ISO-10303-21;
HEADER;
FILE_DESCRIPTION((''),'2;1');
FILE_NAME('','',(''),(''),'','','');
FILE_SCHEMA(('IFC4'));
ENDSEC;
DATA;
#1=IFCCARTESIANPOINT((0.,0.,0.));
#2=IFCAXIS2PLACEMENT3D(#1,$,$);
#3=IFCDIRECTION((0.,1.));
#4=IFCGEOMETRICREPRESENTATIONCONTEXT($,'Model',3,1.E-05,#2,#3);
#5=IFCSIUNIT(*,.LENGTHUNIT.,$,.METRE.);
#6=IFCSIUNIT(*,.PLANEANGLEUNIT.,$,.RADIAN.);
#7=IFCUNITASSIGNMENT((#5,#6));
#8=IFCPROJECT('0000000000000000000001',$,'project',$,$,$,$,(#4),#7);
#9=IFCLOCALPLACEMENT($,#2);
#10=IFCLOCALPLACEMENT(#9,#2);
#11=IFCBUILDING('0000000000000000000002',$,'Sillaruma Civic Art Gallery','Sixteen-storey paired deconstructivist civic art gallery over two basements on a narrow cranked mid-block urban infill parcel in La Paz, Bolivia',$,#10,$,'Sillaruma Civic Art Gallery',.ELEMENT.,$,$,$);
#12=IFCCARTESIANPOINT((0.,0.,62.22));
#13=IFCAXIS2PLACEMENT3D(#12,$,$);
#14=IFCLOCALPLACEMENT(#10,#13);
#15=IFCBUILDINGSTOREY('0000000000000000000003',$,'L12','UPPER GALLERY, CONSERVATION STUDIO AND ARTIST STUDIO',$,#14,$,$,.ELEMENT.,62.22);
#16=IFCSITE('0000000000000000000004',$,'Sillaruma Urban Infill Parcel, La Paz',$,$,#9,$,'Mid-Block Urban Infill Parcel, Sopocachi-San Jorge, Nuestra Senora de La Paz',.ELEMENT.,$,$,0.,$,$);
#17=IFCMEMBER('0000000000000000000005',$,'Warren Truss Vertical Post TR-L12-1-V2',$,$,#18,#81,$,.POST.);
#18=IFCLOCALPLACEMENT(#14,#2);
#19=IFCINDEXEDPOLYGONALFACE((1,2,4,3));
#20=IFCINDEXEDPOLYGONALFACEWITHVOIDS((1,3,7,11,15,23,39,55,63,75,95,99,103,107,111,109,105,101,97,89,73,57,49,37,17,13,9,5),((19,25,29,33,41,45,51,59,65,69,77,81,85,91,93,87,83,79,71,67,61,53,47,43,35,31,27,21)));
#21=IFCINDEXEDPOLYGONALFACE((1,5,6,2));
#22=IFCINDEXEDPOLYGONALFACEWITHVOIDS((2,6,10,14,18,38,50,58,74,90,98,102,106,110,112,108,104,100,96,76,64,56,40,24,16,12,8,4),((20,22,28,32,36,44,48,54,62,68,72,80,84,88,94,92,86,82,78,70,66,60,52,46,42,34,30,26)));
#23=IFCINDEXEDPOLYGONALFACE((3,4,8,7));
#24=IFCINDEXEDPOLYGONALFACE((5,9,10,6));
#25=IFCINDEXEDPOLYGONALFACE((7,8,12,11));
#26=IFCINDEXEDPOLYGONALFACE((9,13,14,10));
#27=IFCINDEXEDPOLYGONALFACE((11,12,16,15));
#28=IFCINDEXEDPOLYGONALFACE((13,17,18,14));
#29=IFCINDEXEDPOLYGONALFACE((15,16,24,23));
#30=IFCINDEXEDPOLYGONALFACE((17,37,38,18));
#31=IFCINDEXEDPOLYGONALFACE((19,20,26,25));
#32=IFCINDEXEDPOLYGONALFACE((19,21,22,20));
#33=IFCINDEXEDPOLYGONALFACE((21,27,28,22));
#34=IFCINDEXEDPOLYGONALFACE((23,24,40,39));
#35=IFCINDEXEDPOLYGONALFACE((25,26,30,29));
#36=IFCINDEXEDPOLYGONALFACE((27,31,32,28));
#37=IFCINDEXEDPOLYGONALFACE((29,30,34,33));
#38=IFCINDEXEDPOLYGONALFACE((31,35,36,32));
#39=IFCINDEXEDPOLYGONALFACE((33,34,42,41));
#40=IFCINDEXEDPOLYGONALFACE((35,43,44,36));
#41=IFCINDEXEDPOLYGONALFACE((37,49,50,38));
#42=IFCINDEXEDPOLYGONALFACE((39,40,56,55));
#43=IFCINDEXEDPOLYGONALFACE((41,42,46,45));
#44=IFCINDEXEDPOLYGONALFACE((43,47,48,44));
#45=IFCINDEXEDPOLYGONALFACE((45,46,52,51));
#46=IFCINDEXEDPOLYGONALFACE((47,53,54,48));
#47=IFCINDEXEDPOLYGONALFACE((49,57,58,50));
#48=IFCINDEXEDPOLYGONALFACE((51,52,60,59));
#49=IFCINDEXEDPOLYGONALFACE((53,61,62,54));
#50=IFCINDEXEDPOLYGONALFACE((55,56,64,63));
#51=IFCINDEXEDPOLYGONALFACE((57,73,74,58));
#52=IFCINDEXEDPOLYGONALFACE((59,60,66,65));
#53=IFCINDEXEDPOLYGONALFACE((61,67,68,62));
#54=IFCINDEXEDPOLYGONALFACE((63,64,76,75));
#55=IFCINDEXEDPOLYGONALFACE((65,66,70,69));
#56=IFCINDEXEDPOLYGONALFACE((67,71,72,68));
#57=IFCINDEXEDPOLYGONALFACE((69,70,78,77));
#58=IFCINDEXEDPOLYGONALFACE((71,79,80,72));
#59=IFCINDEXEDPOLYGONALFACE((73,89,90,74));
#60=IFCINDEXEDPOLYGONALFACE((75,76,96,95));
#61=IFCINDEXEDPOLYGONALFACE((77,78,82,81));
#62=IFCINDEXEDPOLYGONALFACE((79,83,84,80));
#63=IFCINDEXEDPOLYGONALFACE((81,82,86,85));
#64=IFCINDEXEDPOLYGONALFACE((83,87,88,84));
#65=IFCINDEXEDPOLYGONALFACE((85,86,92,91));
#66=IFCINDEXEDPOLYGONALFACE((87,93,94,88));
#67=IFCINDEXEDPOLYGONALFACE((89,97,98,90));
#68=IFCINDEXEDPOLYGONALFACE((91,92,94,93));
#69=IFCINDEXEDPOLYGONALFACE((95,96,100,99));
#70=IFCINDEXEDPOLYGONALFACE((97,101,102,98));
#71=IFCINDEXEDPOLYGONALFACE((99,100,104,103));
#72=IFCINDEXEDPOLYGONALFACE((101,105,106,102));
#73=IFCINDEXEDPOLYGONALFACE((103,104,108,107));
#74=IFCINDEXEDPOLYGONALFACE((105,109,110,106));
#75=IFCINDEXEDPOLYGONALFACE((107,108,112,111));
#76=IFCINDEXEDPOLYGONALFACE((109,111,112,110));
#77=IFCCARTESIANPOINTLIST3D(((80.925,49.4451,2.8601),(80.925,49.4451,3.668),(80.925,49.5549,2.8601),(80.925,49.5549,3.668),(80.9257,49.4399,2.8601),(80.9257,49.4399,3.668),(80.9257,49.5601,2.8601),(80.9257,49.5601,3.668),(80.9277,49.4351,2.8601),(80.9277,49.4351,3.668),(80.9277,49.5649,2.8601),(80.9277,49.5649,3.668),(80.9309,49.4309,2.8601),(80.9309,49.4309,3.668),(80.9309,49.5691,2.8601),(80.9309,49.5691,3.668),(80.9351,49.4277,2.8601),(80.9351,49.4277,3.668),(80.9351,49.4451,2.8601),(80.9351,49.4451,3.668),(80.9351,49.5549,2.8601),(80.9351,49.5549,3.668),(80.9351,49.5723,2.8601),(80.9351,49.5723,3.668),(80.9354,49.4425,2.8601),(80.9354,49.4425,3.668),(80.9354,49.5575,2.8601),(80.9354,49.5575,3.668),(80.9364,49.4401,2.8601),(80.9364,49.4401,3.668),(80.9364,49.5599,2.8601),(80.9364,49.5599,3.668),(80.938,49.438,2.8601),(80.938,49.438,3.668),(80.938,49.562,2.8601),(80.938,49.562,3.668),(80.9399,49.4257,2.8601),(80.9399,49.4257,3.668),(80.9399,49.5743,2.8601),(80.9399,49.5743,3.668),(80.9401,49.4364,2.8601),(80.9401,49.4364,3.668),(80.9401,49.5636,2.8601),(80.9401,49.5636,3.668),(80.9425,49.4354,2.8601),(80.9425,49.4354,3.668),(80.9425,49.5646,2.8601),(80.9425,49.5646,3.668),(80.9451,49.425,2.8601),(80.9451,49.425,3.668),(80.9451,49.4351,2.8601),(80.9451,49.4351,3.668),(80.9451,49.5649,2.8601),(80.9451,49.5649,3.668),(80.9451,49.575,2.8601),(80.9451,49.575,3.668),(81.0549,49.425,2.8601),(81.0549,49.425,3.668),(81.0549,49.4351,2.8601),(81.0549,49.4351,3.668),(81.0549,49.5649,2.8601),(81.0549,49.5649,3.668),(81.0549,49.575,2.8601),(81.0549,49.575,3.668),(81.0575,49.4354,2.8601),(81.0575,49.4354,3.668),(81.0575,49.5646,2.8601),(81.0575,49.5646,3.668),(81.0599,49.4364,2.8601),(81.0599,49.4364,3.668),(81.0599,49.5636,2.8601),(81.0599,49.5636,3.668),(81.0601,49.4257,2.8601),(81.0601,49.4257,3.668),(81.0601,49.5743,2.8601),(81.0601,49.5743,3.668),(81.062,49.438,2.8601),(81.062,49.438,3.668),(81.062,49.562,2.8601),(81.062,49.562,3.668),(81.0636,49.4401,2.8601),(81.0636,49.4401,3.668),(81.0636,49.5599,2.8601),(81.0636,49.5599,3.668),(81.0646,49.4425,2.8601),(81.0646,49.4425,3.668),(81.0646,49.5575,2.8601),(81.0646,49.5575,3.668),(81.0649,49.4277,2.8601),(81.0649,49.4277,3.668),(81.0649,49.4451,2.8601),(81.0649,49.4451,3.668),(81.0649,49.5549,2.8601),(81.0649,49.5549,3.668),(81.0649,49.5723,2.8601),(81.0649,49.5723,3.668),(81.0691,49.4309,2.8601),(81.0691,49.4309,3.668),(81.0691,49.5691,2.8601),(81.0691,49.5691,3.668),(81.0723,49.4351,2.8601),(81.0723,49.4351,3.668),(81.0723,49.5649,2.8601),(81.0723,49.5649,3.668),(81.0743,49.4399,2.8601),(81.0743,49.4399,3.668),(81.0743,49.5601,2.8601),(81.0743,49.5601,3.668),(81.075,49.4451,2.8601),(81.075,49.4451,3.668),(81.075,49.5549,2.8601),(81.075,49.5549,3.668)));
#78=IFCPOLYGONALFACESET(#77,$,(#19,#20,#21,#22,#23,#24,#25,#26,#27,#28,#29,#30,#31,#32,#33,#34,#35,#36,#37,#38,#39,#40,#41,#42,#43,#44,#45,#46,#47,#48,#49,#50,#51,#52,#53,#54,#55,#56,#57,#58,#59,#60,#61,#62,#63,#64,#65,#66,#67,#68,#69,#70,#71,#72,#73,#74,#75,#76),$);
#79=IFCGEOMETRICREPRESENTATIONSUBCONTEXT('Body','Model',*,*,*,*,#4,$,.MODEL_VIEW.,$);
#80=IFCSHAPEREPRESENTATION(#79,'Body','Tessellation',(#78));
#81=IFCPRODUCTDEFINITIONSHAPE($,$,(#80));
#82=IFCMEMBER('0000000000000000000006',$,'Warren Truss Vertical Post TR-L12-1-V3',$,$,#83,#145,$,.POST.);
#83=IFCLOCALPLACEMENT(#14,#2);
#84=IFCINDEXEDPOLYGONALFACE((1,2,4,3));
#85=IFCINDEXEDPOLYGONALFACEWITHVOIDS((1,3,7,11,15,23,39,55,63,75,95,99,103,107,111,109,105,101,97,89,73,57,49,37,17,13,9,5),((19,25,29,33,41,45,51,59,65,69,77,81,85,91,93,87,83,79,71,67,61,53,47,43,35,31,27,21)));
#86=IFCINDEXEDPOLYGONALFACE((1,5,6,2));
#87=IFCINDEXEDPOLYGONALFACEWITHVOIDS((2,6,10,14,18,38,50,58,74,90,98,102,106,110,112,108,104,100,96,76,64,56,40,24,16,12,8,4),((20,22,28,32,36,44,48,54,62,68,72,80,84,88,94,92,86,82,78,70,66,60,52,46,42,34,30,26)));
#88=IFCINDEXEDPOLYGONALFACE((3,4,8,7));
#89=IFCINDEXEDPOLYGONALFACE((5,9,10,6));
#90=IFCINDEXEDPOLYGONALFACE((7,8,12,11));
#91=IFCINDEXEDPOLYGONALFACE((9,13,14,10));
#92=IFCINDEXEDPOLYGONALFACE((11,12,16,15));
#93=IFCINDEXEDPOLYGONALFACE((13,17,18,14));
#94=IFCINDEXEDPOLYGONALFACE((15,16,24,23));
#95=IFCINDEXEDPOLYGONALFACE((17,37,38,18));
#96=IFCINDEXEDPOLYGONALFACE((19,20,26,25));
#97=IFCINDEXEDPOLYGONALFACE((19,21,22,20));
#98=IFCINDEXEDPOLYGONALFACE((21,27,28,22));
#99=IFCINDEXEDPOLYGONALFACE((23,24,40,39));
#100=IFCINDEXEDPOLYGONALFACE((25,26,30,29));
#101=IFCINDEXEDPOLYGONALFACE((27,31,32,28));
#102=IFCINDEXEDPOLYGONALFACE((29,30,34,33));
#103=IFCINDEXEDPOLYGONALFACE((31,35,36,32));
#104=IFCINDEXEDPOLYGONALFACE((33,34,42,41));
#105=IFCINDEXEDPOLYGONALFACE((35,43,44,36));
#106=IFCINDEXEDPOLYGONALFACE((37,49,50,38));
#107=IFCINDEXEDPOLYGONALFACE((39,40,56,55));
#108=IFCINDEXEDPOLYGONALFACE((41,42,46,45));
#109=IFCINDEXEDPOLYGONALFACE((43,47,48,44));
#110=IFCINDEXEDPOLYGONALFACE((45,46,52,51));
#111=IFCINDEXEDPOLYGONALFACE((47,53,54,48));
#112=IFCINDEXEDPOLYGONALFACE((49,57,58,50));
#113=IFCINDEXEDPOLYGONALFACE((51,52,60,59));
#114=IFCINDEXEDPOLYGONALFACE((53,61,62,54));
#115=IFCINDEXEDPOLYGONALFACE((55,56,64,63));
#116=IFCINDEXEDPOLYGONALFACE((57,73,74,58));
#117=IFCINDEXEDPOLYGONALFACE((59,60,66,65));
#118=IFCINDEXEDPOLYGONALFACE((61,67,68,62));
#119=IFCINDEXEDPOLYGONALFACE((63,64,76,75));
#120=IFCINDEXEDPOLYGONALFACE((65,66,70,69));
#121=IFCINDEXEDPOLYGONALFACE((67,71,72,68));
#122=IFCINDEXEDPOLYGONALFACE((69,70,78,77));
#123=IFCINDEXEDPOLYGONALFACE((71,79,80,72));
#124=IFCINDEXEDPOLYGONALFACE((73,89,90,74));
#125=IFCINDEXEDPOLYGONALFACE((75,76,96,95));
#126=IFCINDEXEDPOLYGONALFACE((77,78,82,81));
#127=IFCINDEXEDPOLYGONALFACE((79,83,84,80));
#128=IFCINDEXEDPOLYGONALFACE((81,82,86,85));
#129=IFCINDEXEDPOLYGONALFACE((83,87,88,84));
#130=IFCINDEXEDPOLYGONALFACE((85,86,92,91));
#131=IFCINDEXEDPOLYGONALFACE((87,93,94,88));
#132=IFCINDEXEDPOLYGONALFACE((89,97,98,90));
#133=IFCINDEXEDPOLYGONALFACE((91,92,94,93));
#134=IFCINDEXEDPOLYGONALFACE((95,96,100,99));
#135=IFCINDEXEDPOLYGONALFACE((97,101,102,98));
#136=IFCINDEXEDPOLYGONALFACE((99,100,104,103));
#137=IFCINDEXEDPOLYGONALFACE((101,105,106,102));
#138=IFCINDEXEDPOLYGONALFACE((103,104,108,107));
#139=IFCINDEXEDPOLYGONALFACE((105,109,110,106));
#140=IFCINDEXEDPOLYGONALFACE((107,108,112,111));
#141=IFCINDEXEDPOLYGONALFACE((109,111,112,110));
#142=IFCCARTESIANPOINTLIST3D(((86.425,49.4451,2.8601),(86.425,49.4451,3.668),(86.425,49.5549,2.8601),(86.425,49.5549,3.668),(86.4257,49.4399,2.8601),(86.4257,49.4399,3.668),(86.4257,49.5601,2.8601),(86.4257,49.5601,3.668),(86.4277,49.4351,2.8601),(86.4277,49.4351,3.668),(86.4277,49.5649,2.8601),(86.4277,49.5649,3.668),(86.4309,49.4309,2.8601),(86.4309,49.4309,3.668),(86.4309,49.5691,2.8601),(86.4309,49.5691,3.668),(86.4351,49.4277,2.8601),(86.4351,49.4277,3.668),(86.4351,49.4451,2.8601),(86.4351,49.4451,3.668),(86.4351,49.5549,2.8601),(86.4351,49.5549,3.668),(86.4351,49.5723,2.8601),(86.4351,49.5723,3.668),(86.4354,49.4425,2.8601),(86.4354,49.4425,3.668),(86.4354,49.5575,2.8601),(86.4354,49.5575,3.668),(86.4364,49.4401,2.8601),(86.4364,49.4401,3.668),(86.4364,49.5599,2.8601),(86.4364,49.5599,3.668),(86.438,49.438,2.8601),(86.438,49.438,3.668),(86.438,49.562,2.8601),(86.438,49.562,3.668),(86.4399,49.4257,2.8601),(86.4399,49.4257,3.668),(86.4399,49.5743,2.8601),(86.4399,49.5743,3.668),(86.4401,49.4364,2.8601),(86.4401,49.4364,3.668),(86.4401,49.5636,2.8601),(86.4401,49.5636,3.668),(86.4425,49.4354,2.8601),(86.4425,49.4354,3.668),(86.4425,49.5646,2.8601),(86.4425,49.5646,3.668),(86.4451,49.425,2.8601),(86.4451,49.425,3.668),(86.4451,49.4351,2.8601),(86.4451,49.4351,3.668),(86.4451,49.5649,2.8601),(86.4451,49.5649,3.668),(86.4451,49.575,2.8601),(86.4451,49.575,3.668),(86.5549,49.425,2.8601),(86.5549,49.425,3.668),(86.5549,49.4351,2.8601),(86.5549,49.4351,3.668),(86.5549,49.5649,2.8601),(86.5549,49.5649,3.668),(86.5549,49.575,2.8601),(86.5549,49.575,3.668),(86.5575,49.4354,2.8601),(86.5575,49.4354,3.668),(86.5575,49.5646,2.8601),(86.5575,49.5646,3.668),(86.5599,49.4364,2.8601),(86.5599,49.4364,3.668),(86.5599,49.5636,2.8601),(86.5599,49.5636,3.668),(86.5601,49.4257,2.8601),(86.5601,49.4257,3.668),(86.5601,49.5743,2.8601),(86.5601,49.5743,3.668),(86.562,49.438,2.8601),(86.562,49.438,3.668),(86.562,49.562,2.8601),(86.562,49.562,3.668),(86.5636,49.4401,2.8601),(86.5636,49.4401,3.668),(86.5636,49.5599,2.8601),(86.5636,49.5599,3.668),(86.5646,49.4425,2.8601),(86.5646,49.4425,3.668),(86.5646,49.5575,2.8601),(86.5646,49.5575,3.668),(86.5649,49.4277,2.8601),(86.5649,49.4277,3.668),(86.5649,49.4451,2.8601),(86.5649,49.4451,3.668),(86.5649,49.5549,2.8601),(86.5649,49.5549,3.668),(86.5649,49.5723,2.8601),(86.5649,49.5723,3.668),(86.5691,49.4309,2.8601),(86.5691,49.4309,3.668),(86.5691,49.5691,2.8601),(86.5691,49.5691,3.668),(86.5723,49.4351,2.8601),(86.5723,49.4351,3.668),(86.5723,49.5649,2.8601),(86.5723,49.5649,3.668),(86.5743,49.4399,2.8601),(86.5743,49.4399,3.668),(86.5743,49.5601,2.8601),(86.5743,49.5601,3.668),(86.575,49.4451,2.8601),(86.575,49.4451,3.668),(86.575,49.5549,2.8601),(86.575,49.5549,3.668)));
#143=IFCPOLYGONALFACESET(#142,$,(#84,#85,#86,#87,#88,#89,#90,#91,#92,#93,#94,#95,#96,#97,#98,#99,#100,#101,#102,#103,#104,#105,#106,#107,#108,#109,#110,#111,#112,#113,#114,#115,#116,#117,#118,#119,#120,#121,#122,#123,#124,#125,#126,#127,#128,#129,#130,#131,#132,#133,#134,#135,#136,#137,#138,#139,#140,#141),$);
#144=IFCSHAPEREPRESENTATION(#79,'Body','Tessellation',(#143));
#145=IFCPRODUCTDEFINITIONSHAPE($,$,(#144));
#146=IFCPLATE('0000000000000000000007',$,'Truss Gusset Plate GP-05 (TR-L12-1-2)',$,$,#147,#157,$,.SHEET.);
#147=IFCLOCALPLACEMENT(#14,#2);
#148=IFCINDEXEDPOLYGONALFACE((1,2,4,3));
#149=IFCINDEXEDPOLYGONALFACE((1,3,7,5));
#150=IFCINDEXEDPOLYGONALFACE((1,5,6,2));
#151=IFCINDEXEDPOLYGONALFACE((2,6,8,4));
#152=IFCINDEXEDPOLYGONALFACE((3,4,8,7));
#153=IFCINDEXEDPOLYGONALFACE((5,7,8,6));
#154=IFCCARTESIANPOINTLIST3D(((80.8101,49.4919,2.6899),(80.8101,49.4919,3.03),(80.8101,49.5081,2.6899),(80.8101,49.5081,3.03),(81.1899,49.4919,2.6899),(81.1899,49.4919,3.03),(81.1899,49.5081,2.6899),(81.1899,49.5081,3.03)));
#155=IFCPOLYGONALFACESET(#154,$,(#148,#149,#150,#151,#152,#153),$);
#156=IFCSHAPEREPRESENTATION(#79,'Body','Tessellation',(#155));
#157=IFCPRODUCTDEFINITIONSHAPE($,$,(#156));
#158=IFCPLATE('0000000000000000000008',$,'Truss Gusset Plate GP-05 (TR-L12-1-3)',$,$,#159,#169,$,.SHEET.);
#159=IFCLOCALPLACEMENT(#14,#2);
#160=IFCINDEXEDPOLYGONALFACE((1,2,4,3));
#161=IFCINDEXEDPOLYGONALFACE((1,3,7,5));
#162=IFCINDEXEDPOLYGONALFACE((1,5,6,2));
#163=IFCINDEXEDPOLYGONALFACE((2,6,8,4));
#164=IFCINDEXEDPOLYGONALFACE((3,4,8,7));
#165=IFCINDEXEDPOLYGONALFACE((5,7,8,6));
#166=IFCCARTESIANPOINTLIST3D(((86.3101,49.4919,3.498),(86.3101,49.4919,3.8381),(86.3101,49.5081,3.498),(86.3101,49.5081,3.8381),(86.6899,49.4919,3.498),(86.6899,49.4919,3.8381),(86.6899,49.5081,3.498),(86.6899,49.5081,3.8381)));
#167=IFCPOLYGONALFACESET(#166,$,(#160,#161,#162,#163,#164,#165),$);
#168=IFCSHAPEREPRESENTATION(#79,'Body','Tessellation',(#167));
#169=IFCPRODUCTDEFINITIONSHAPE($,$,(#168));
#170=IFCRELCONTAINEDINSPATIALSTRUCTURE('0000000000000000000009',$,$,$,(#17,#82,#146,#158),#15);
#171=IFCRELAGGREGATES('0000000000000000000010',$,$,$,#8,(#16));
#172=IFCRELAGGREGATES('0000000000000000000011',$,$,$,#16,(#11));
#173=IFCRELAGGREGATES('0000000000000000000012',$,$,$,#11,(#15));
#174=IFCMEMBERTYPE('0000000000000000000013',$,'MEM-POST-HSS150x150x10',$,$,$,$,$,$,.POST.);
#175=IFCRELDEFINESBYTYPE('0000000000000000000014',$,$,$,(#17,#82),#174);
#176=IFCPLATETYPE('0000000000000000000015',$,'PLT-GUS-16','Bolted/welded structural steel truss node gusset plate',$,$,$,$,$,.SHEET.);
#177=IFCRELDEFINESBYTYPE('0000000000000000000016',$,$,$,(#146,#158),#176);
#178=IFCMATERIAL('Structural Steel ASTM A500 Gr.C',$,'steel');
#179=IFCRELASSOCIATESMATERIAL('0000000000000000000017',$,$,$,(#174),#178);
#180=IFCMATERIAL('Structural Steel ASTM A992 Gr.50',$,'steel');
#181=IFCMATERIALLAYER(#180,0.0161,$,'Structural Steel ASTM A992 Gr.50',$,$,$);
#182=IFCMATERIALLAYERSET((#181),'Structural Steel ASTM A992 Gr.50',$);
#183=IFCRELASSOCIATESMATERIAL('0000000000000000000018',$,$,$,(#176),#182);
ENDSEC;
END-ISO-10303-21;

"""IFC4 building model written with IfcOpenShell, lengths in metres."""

from ifc_helpers import new_model, si_unit, direction, frame, origin, origin_2d, place, context, subcontext, project, spatial, rectangle, hollow_rectangle, extrude, material, layer, layer_set, material_profile, profile_set, type_object, element, save


model = new_model("IFC4")

# Units and contexts
model_context = context("Model", 3, precision=1e-05, world=origin(), true_north=direction((0.0, 1.0)))
body_context = subcontext(model_context, "Body", "Model", "MODEL_VIEW")
ifc_project = project(units=[si_unit("LENGTHUNIT", "METRE"), si_unit("PLANEANGLEUNIT", "RADIAN")], contexts=[model_context])

# Site, building, storey
site_placement = place(None, origin())
site = spatial("IfcSite", under=ifc_project, at=site_placement, Name="Sillaruma Urban Infill Parcel, La Paz", LongName="Mid-Block Urban Infill Parcel, Sopocachi-San Jorge, Nuestra Senora de La Paz", CompositionType="ELEMENT", RefElevation=0.0)
building_placement = place(site_placement, origin())
building = spatial("IfcBuilding", under=site, at=building_placement, Name="Sillaruma Civic Art Gallery", Description="Sixteen-storey paired deconstructivist civic art gallery over two basements on a narrow cranked mid-block urban infill parcel in La Paz, Bolivia", LongName="Sillaruma Civic Art Gallery", CompositionType="ELEMENT")
storey_placement = place(building_placement, frame((0.0, 0.0, 62.22)))
storey = spatial("IfcBuildingStorey", under=building, at=storey_placement, Name="L12", Description="UPPER GALLERY, CONSERVATION STUDIO AND ARTIST STUDIO", CompositionType="ELEMENT", Elevation=62.22)

# Shared definitions
ifc_material_1 = material(Name="Structural Steel ASTM A992 Gr.50", Category="steel")

# Members
ifc_material_2 = material(Name="Structural Steel ASTM A500 Gr.C", Category="steel")
ifc_material_profile_1 = material_profile(ifc_material_2, hollow_rectangle(XDim=0.1499, YDim=0.1499, WallThickness=0.01, InnerFilletRadius=0.01, OuterFilletRadius=0.02, at=origin_2d()), Name="HSS150x150x10")
ifc_profile_set_1 = profile_set([ifc_material_profile_1], Name="Structural Steel ASTM A500 Gr.C")
member_type_1 = type_object("IfcMemberType", Name="MEM-POST-HSS150x150x10", PredefinedType="POST", material=ifc_profile_set_1)
for number, where, z_axis, x_axis, name in (
    (1, (81.0, 49.5, 2.8601), (0.0, 0.0, 1.0), (1.0, 0.0, 0.0), "Warren Truss Vertical Post TR-L12-1-V2"),
    (2, (86.5, 49.5, 2.8601), (0.0, 0.0, 1.0), (1.0, 0.0, 0.0), "Warren Truss Vertical Post TR-L12-1-V3"),
):
    element("IfcMember", number, at=place(storey_placement, frame(where, z_axis=z_axis, x_axis=x_axis)), inside=storey, type_object=member_type_1, Name=name, PredefinedType="POST", context=body_context, shape_type="SweptSolid", body=[
        extrude(hollow_rectangle(XDim=0.1499, YDim=0.1499, WallThickness=0.01, InnerFilletRadius=0.01, OuterFilletRadius=0.02, at=origin_2d()), origin(), (0.0, 0.0, 1.0), 0.8079),
    ])

# Plates
ifc_layer = layer(ifc_material_1, 0.0161, Name="Structural Steel ASTM A992 Gr.50")
ifc_layer_set = layer_set([ifc_layer], Name="Structural Steel ASTM A992 Gr.50")
plate_type = type_object("IfcPlateType", Name="PLT-GUS-16", Description="Bolted/welded structural steel truss node gusset plate", PredefinedType="SHEET", material=ifc_layer_set)
for number, where, z_axis, x_axis, name in (
    (3, (81.0, 49.5, 2.6899), (0.0, 0.0, 1.0), (1.0, 0.0, 0.0), "Truss Gusset Plate GP-05 (TR-L12-1-2)"),
    (4, (86.5, 49.5, 3.498), (0.0, 0.0, 1.0), (1.0, 0.0, 0.0), "Truss Gusset Plate GP-05 (TR-L12-1-3)"),
):
    element("IfcPlate", number, at=place(storey_placement, frame(where, z_axis=z_axis, x_axis=x_axis)), inside=storey, type_object=plate_type, Name=name, PredefinedType="SHEET", context=body_context, shape_type="SweptSolid", body=[
        extrude(rectangle(XDim=0.3799, YDim=0.0161, at=origin_2d()), origin(), (0.0, 0.0, 1.0), 0.3401),
    ])

save(model, "model.ifc")
